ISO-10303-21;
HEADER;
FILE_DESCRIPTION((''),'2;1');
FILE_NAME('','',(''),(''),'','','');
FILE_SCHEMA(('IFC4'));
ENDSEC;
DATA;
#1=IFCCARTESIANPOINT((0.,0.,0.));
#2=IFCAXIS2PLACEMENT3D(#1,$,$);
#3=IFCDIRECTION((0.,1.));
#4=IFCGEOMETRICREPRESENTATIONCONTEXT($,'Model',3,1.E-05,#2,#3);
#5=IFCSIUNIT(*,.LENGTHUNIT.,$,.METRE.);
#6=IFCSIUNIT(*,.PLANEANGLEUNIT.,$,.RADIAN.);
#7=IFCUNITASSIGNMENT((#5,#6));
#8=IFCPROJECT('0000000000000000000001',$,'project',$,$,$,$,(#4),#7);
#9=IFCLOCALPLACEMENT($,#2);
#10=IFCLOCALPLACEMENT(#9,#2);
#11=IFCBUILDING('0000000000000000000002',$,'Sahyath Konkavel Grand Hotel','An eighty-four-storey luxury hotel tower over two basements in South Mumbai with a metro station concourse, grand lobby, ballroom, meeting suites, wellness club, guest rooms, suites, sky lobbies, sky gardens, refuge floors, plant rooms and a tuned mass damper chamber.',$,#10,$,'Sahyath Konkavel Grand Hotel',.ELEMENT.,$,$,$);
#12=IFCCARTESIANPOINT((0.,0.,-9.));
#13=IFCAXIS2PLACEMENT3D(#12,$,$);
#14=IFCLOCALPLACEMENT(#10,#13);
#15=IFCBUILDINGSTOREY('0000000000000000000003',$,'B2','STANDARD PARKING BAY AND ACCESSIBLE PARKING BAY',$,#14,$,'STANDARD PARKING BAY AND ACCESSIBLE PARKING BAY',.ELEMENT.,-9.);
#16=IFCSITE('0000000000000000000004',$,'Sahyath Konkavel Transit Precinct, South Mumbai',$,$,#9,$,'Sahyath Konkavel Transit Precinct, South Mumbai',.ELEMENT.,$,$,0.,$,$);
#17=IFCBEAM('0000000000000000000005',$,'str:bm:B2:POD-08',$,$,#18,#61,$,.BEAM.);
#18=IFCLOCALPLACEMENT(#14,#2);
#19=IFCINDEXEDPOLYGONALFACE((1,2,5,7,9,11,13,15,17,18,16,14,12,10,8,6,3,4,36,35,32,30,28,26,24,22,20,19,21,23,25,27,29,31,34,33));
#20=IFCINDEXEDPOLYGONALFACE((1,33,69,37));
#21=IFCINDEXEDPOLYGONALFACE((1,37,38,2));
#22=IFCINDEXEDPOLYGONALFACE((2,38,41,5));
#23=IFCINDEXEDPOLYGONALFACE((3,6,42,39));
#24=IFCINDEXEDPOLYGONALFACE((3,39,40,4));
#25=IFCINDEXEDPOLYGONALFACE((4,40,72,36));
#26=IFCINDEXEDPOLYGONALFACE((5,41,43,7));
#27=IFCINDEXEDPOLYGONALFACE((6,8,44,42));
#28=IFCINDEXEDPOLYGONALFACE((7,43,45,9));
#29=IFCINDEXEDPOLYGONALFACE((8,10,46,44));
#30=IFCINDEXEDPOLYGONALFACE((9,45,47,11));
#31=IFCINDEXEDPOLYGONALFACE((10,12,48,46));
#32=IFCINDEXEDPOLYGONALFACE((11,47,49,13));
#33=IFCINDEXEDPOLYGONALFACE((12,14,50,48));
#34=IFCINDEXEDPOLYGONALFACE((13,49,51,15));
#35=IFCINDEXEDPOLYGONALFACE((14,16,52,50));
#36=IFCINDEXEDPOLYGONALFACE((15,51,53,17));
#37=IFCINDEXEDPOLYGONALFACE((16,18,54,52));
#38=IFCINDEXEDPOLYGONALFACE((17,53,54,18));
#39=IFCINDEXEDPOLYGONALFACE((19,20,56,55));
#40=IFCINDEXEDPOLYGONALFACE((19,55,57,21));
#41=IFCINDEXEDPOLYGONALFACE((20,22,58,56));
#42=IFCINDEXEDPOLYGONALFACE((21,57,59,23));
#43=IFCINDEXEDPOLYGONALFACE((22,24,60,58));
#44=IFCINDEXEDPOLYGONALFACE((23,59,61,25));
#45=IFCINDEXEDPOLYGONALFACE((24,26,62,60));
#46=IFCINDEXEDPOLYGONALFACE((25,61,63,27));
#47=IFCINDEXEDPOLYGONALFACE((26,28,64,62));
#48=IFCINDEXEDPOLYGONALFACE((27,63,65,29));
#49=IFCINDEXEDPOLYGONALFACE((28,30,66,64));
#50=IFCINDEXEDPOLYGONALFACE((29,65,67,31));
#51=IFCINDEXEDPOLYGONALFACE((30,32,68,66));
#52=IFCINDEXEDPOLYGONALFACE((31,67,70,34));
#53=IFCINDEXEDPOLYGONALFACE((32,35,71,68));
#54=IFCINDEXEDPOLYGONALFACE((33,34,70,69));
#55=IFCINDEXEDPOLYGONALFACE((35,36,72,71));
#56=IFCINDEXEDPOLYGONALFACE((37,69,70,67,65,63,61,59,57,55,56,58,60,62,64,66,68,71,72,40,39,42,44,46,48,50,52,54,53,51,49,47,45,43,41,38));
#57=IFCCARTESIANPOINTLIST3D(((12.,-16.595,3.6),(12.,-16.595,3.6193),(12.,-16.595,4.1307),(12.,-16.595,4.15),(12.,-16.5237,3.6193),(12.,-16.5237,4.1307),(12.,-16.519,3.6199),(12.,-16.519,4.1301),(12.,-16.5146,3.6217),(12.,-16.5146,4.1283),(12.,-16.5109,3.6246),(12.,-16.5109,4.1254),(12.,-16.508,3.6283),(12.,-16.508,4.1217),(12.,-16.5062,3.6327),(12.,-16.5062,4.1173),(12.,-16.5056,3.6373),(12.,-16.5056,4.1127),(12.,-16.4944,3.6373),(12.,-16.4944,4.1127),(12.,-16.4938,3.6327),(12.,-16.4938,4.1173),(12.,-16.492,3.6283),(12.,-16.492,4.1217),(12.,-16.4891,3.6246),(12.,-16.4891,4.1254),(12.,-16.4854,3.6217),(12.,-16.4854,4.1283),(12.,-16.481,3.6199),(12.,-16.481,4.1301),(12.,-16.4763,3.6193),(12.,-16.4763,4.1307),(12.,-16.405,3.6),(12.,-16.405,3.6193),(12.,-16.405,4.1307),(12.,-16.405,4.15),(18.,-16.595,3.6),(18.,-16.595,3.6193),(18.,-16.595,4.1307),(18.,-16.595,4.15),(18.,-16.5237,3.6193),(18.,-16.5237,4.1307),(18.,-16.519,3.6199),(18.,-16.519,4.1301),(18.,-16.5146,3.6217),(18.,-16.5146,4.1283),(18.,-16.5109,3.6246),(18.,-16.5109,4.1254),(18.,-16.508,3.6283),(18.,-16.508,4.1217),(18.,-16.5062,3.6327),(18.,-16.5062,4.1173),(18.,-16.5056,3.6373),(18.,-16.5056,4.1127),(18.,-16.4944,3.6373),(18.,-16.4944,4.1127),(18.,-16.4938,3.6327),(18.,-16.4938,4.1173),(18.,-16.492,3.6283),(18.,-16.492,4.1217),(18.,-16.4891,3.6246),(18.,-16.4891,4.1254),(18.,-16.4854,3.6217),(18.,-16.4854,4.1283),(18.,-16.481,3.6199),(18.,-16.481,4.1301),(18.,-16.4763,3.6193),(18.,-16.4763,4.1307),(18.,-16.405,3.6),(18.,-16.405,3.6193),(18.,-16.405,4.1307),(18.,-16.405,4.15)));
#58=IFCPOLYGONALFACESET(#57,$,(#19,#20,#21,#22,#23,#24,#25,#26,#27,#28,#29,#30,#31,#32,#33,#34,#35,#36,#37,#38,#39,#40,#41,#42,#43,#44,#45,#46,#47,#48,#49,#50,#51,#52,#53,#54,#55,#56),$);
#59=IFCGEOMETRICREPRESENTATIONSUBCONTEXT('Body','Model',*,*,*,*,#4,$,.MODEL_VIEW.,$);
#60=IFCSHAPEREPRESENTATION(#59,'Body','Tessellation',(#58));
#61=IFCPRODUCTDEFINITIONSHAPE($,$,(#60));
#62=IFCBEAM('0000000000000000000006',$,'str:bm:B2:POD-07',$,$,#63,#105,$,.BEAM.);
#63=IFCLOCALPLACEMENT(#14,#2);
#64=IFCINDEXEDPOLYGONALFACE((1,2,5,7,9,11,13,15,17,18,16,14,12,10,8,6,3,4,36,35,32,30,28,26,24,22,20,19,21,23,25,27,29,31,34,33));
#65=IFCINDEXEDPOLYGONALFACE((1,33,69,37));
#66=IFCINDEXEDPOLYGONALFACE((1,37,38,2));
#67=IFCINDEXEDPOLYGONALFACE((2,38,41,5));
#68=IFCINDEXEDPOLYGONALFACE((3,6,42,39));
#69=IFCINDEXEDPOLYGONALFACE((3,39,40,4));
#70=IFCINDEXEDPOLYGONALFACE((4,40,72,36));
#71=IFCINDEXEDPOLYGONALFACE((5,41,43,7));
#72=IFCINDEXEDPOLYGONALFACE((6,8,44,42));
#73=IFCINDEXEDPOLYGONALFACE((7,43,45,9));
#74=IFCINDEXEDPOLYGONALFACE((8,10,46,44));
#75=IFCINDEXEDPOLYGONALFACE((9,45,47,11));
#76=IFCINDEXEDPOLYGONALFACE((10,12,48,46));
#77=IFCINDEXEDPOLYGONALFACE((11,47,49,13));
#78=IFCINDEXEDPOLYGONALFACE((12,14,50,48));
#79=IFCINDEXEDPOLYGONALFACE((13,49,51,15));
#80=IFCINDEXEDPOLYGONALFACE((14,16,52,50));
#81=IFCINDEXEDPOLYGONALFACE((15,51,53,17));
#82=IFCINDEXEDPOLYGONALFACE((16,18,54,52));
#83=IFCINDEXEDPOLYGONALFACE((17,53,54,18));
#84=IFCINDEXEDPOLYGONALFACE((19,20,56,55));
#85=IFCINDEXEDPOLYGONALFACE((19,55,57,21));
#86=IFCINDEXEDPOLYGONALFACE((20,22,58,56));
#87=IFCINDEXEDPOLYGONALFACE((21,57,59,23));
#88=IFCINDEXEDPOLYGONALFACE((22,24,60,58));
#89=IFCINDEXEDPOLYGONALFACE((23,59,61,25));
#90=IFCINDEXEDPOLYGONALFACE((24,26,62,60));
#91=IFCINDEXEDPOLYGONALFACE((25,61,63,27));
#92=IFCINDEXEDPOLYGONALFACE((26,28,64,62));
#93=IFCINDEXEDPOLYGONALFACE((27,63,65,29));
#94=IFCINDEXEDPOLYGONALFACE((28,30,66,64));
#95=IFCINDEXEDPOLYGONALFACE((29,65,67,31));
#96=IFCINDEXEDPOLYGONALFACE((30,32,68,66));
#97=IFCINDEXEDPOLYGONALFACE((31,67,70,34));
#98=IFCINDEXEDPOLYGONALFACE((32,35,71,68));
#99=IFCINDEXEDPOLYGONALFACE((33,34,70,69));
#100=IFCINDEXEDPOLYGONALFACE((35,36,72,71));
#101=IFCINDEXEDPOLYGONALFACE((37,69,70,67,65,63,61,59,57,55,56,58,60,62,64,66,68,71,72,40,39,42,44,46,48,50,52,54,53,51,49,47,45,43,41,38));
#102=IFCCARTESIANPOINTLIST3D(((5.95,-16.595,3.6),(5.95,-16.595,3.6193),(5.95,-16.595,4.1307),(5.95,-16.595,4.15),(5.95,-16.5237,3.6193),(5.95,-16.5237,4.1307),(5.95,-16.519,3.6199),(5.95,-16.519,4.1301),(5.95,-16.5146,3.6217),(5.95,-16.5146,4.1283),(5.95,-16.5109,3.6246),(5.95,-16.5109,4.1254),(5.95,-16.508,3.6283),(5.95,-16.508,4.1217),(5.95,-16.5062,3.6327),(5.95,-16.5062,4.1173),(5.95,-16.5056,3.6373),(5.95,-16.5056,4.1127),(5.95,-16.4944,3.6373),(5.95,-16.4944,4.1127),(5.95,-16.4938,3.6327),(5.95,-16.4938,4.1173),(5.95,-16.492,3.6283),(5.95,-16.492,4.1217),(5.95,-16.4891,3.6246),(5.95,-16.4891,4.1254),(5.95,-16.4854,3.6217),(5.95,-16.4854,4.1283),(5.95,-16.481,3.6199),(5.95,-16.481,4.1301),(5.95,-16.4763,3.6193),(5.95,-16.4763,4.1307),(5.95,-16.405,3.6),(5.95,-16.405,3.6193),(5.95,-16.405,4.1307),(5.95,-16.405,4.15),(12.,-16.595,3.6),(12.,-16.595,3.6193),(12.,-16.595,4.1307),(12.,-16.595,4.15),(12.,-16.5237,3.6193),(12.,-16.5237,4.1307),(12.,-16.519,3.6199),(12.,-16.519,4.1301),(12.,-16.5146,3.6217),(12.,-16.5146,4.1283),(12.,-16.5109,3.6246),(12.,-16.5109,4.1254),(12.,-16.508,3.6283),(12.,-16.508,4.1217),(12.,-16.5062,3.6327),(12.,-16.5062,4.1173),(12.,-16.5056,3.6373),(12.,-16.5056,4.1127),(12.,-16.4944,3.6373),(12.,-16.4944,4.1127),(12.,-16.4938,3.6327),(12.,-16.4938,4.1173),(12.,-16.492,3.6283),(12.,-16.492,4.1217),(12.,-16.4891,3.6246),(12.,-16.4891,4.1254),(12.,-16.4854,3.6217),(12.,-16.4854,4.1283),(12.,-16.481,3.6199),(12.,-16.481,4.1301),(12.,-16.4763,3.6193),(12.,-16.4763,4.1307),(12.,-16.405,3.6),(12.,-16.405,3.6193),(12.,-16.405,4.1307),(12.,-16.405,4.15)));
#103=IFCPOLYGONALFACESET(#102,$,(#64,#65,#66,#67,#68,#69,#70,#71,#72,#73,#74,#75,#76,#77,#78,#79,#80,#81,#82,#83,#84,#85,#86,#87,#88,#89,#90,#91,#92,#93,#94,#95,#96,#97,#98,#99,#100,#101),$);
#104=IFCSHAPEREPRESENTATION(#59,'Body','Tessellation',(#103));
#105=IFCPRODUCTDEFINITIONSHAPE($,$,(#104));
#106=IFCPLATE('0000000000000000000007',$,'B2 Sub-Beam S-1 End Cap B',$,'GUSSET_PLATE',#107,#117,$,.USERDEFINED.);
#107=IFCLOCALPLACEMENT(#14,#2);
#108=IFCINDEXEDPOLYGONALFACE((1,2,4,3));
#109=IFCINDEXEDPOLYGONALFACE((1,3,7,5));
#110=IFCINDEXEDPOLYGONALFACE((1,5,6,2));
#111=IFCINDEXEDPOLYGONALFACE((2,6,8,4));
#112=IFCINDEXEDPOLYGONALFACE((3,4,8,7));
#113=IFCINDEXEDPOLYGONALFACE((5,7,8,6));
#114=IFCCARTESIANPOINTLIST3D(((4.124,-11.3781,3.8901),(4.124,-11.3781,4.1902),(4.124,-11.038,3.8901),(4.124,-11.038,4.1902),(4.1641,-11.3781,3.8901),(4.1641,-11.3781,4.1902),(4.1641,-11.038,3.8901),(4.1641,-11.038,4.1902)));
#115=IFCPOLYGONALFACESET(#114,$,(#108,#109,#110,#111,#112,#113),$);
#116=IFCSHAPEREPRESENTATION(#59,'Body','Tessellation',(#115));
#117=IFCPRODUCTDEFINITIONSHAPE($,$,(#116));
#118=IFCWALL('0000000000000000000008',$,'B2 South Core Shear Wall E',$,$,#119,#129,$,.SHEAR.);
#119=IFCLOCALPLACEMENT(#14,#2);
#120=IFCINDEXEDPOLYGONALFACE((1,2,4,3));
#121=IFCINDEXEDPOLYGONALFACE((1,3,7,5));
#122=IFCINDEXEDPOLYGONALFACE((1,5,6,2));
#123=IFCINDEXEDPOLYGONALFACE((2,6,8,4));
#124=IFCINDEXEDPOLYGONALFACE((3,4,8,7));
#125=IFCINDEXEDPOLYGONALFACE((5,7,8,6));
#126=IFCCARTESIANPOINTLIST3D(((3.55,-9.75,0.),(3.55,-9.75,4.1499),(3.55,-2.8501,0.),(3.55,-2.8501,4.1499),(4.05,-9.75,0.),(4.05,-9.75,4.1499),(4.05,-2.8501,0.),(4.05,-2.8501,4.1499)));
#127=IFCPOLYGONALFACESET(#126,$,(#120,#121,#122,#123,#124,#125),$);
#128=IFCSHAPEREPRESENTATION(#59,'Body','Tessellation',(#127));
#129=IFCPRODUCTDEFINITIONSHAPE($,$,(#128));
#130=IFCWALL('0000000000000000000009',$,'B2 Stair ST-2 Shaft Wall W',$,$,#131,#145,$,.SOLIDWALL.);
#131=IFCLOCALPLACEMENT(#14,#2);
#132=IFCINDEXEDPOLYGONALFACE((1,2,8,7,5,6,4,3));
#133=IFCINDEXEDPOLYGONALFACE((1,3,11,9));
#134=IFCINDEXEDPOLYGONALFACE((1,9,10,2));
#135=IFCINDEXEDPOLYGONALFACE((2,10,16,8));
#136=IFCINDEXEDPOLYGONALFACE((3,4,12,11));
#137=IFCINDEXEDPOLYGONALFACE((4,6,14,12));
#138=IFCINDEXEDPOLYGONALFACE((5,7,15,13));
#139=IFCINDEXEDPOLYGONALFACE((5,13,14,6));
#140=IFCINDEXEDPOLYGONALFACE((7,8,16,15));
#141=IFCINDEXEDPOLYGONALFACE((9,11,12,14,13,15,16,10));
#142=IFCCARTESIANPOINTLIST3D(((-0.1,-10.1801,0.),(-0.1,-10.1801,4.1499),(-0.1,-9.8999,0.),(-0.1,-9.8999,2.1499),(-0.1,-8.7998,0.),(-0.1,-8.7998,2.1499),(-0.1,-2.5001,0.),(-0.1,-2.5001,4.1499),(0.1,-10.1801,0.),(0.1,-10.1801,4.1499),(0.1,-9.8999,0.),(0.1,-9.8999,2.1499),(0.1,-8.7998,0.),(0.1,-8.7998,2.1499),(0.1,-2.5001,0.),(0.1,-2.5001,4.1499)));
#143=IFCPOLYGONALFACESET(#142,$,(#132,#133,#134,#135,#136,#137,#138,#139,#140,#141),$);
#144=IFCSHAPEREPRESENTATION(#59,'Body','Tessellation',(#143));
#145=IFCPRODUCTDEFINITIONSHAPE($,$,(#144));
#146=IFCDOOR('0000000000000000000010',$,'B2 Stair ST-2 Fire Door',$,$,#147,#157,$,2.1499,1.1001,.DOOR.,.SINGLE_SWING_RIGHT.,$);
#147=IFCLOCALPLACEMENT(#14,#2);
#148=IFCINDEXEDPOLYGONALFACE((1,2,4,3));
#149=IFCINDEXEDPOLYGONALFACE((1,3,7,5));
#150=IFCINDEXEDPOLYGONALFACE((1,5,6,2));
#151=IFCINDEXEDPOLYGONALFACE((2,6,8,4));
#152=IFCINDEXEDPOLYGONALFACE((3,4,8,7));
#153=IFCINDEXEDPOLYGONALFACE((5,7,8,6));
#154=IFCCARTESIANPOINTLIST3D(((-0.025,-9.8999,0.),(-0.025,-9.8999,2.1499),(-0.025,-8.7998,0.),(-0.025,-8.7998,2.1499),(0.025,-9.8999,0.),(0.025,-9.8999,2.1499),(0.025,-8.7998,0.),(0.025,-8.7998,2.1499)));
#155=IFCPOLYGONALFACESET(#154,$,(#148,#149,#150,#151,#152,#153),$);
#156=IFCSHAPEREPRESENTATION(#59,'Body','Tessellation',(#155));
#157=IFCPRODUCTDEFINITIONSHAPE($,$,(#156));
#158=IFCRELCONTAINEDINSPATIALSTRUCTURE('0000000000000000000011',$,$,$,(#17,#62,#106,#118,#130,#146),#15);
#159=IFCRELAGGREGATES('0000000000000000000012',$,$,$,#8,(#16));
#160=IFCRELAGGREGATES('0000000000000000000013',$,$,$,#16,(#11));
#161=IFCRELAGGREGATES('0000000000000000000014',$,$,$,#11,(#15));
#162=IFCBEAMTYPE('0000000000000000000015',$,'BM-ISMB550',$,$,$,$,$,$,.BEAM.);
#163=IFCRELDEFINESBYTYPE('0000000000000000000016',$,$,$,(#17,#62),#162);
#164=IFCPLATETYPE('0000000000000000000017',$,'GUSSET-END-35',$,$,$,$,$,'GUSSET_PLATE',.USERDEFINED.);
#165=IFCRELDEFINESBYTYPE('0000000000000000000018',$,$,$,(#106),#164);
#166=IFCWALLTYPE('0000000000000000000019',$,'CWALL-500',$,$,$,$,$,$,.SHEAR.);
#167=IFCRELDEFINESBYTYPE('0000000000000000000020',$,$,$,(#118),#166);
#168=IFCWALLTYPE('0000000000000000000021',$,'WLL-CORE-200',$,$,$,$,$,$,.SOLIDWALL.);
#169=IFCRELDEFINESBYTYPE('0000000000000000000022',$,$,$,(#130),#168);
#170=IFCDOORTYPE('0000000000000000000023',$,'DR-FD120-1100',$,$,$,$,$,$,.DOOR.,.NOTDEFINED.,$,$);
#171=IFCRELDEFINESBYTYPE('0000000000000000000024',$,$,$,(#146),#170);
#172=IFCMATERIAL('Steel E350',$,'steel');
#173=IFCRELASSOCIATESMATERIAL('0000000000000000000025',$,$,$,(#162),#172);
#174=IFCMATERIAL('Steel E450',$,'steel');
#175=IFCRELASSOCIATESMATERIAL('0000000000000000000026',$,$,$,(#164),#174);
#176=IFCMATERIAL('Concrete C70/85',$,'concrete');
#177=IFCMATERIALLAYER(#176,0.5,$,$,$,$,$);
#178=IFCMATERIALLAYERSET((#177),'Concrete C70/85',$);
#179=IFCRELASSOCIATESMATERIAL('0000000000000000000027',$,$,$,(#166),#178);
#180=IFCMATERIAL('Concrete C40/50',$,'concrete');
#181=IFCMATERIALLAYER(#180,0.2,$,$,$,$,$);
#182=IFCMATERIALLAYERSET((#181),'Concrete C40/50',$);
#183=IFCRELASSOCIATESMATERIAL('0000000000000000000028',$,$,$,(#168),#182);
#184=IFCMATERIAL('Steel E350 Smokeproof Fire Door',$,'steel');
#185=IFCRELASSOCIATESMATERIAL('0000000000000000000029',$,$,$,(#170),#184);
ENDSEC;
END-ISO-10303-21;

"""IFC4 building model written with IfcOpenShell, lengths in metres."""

from ifc_helpers import new_model, si_unit, direction, frame, frame_2d, origin, origin_2d, place, context, subcontext, project, spatial, rectangle, i_section, extrude, source, transform, mapped, material, layer, layer_set, material_profile, profile_set, type_object, element, fill, save


model = new_model("IFC4")

# Units and contexts
model_context = context("Model", 3, precision=1e-05, world=origin(), true_north=direction((0.0, 1.0)))
body_context = subcontext(model_context, "Body", "Model", "MODEL_VIEW")
ifc_project = project(units=[si_unit("LENGTHUNIT", "METRE"), si_unit("PLANEANGLEUNIT", "RADIAN")], contexts=[model_context])

# Site, building, storey
site_placement = place(None, origin())
site = spatial("IfcSite", under=ifc_project, at=site_placement, Name="Sahyath Konkavel Transit Precinct, South Mumbai", LongName="Sahyath Konkavel Transit Precinct, South Mumbai", CompositionType="ELEMENT", RefElevation=0.0)
building_placement = place(site_placement, origin())
building = spatial("IfcBuilding", under=site, at=building_placement, Name="Sahyath Konkavel Grand Hotel", Description="An eighty-four-storey luxury hotel tower over two basements in South Mumbai with a metro station concourse, grand lobby, ballroom, meeting suites, wellness club, guest rooms, suites, sky lobbies, sky gardens, refuge floors, plant rooms and a tuned mass damper chamber.", LongName="Sahyath Konkavel Grand Hotel", CompositionType="ELEMENT")
storey_placement = place(building_placement, frame((0.0, 0.0, -9.0)))
storey = spatial("IfcBuildingStorey", under=building, at=storey_placement, Name="B2", Description="STANDARD PARKING BAY AND ACCESSIBLE PARKING BAY", LongName="STANDARD PARKING BAY AND ACCESSIBLE PARKING BAY", CompositionType="ELEMENT", Elevation=-9.0)

# Shared definitions
ifc_material_1 = material(Name="Concrete C70/85", Category="concrete")
ifc_material_2 = material(Name="Steel E450", Category="steel")

# Beams
ifc_material_3 = material(Name="Steel E350", Category="steel")
ifc_material_profile_1 = material_profile(ifc_material_3, i_section(OverallWidth=0.1899, OverallDepth=0.55, WebThickness=0.0112, FlangeThickness=0.0193, FilletRadius=0.0181, at=origin_2d()), Name="ISMB 550")
ifc_profile_set_1 = profile_set([ifc_material_profile_1], Name="Steel E350")
beam_type_1 = type_object("IfcBeamType", Name="BM-ISMB550", PredefinedType="BEAM", material=ifc_profile_set_1)
shared_shape_1 = source(origin(), body_context, "Body", "SweptSolid", [
    extrude(i_section(OverallWidth=0.1899, OverallDepth=0.55, WebThickness=0.0112, FlangeThickness=0.0193, FilletRadius=0.0181, at=origin_2d()), origin(), (0.0, 0.0, 1.0), 6.0),
])
beam_1_placement = place(storey_placement, frame((12.0, -16.5, 3.875), z_axis=(1.0, 0.0, 0.0), x_axis=(0.0, 1.0, 0.0)))
element("IfcBeam", 1, at=beam_1_placement, inside=storey, type_object=beam_type_1, Name="str:bm:B2:POD-08", PredefinedType="BEAM", context=body_context, shape_type="MappedRepresentation", body=[
    mapped(shared_shape_1, transform((0.0, 0.0, 0.0), scale=1.0)),
])
shared_shape_2 = source(origin(), body_context, "Body", "SweptSolid", [
    extrude(i_section(OverallWidth=0.1899, OverallDepth=0.55, WebThickness=0.0112, FlangeThickness=0.0193, FilletRadius=0.0181, at=origin_2d()), origin(), (0.0, 0.0, 1.0), 6.05),
])
beam_2_placement = place(storey_placement, frame((5.95, -16.5, 3.875), z_axis=(1.0, 0.0, 0.0), x_axis=(0.0, 1.0, 0.0)))
element("IfcBeam", 2, at=beam_2_placement, inside=storey, type_object=beam_type_1, Name="str:bm:B2:POD-07", PredefinedType="BEAM", context=body_context, shape_type="MappedRepresentation", body=[
    mapped(shared_shape_2, transform((0.0, 0.0, 0.0), scale=1.0)),
])

# Plate
plate_type = type_object("IfcPlateType", Name="GUSSET-END-35", ElementType="GUSSET_PLATE", PredefinedType="USERDEFINED", material=ifc_material_2)
shared_shape_3 = source(origin(), body_context, "Body", "SweptSolid", [
    extrude(rectangle(XDim=0.04, YDim=0.3401, at=origin_2d()), origin(), (0.0, 0.0, 1.0), 0.3),
])
plate_placement = place(storey_placement, frame((4.144, -11.208, 3.8901), z_axis=(0.0, 0.0, 1.0), x_axis=(1.0, 0.0, 0.0)))
element("IfcPlate", 3, at=plate_placement, inside=storey, type_object=plate_type, Name="B2 Sub-Beam S-1 End Cap B", ObjectType="GUSSET_PLATE", PredefinedType="USERDEFINED", context=body_context, shape_type="MappedRepresentation", body=[
    mapped(shared_shape_3, transform((0.0, 0.0, 0.0), scale=1.0)),
])

# Wall
ifc_layer_1 = layer(ifc_material_1, 0.5)
ifc_layer_set_1 = layer_set([ifc_layer_1], Name="Concrete C70/85")
wall_type_1 = type_object("IfcWallType", Name="CWALL-500", PredefinedType="SHEAR", material=ifc_layer_set_1)
wall_1_placement = place(storey_placement, frame((3.8, -9.75, 0.0), z_axis=(0.0, 0.0, 1.0), x_axis=(0.0, 1.0, 0.0)))
element("IfcWall", 4, at=wall_1_placement, inside=storey, type_object=wall_type_1, Name="B2 South Core Shear Wall E", PredefinedType="SHEAR", context=body_context, shape_type="SweptSolid", body=[
    extrude(rectangle(XDim=6.8999, YDim=0.5, at=frame_2d((3.45, 0.0))), origin(), (0.0, 0.0, 1.0), 4.1499),
])

# Wall, opening, door
ifc_material_4 = material(Name="Concrete C40/50", Category="concrete")
ifc_layer_2 = layer(ifc_material_4, 0.2)
ifc_layer_set_2 = layer_set([ifc_layer_2], Name="Concrete C40/50")
wall_type_2 = type_object("IfcWallType", Name="WLL-CORE-200", PredefinedType="SOLIDWALL", material=ifc_layer_set_2)
wall_2_placement = place(storey_placement, frame((0.0, -10.1799, 0.0), z_axis=(0.0, 0.0, 1.0), x_axis=(0.0, 1.0, 0.0)))
wall_2 = element("IfcWall", 5, at=wall_2_placement, inside=storey, type_object=wall_type_2, Name="B2 Stair ST-2 Shaft Wall W", PredefinedType="SOLIDWALL", context=body_context, shape_type="SweptSolid", body=[
    extrude(rectangle(XDim=7.6799, YDim=0.2, at=frame_2d((3.8398, 0.0))), origin(), (0.0, 0.0, 1.0), 4.1499),
])
opening_placement = place(wall_2_placement, frame((0.28, 0.0, 0.0)))
opening = element("IfcOpeningElement", 6, at=opening_placement, cuts=wall_2, PredefinedType="OPENING", context=body_context, shape_type="SweptSolid", body=[
    extrude(rectangle(XDim=1.1001, YDim=2.1499, at=frame_2d((0.55, 1.075))), frame((0.0, 0.1099, 0.0), z_axis=(0.0, -1.0, 0.0), x_axis=(1.0, 0.0, 0.0)), (0.0, 0.0, 1.0), 0.22),
])
ifc_material_5 = material(Name="Steel E350 Smokeproof Fire Door", Category="steel")
door_type = type_object("IfcDoorType", Name="DR-FD120-1100", OperationType="NOTDEFINED", PredefinedType="DOOR", material=ifc_material_5)
shared_shape_4 = source(origin(), body_context, "Body", "SweptSolid", [
    extrude(rectangle(XDim=1.1001, YDim=0.05, at=origin_2d()), origin(), (0.0, 0.0, 1.0), 2.1499),
])
door_placement = place(opening_placement, frame((0.55, 0.0, 0.0)))
door = element("IfcDoor", 7, at=door_placement, inside=storey, type_object=door_type, Name="B2 Stair ST-2 Fire Door", OperationType="SINGLE_SWING_RIGHT", OverallHeight=2.1499, OverallWidth=1.1001, PredefinedType="DOOR", context=body_context, shape_type="MappedRepresentation", body=[
    mapped(shared_shape_4, transform((0.0, 0.0, 0.0), scale=1.0)),
])
fill(opening, door)

save(model, "model.ifc")
